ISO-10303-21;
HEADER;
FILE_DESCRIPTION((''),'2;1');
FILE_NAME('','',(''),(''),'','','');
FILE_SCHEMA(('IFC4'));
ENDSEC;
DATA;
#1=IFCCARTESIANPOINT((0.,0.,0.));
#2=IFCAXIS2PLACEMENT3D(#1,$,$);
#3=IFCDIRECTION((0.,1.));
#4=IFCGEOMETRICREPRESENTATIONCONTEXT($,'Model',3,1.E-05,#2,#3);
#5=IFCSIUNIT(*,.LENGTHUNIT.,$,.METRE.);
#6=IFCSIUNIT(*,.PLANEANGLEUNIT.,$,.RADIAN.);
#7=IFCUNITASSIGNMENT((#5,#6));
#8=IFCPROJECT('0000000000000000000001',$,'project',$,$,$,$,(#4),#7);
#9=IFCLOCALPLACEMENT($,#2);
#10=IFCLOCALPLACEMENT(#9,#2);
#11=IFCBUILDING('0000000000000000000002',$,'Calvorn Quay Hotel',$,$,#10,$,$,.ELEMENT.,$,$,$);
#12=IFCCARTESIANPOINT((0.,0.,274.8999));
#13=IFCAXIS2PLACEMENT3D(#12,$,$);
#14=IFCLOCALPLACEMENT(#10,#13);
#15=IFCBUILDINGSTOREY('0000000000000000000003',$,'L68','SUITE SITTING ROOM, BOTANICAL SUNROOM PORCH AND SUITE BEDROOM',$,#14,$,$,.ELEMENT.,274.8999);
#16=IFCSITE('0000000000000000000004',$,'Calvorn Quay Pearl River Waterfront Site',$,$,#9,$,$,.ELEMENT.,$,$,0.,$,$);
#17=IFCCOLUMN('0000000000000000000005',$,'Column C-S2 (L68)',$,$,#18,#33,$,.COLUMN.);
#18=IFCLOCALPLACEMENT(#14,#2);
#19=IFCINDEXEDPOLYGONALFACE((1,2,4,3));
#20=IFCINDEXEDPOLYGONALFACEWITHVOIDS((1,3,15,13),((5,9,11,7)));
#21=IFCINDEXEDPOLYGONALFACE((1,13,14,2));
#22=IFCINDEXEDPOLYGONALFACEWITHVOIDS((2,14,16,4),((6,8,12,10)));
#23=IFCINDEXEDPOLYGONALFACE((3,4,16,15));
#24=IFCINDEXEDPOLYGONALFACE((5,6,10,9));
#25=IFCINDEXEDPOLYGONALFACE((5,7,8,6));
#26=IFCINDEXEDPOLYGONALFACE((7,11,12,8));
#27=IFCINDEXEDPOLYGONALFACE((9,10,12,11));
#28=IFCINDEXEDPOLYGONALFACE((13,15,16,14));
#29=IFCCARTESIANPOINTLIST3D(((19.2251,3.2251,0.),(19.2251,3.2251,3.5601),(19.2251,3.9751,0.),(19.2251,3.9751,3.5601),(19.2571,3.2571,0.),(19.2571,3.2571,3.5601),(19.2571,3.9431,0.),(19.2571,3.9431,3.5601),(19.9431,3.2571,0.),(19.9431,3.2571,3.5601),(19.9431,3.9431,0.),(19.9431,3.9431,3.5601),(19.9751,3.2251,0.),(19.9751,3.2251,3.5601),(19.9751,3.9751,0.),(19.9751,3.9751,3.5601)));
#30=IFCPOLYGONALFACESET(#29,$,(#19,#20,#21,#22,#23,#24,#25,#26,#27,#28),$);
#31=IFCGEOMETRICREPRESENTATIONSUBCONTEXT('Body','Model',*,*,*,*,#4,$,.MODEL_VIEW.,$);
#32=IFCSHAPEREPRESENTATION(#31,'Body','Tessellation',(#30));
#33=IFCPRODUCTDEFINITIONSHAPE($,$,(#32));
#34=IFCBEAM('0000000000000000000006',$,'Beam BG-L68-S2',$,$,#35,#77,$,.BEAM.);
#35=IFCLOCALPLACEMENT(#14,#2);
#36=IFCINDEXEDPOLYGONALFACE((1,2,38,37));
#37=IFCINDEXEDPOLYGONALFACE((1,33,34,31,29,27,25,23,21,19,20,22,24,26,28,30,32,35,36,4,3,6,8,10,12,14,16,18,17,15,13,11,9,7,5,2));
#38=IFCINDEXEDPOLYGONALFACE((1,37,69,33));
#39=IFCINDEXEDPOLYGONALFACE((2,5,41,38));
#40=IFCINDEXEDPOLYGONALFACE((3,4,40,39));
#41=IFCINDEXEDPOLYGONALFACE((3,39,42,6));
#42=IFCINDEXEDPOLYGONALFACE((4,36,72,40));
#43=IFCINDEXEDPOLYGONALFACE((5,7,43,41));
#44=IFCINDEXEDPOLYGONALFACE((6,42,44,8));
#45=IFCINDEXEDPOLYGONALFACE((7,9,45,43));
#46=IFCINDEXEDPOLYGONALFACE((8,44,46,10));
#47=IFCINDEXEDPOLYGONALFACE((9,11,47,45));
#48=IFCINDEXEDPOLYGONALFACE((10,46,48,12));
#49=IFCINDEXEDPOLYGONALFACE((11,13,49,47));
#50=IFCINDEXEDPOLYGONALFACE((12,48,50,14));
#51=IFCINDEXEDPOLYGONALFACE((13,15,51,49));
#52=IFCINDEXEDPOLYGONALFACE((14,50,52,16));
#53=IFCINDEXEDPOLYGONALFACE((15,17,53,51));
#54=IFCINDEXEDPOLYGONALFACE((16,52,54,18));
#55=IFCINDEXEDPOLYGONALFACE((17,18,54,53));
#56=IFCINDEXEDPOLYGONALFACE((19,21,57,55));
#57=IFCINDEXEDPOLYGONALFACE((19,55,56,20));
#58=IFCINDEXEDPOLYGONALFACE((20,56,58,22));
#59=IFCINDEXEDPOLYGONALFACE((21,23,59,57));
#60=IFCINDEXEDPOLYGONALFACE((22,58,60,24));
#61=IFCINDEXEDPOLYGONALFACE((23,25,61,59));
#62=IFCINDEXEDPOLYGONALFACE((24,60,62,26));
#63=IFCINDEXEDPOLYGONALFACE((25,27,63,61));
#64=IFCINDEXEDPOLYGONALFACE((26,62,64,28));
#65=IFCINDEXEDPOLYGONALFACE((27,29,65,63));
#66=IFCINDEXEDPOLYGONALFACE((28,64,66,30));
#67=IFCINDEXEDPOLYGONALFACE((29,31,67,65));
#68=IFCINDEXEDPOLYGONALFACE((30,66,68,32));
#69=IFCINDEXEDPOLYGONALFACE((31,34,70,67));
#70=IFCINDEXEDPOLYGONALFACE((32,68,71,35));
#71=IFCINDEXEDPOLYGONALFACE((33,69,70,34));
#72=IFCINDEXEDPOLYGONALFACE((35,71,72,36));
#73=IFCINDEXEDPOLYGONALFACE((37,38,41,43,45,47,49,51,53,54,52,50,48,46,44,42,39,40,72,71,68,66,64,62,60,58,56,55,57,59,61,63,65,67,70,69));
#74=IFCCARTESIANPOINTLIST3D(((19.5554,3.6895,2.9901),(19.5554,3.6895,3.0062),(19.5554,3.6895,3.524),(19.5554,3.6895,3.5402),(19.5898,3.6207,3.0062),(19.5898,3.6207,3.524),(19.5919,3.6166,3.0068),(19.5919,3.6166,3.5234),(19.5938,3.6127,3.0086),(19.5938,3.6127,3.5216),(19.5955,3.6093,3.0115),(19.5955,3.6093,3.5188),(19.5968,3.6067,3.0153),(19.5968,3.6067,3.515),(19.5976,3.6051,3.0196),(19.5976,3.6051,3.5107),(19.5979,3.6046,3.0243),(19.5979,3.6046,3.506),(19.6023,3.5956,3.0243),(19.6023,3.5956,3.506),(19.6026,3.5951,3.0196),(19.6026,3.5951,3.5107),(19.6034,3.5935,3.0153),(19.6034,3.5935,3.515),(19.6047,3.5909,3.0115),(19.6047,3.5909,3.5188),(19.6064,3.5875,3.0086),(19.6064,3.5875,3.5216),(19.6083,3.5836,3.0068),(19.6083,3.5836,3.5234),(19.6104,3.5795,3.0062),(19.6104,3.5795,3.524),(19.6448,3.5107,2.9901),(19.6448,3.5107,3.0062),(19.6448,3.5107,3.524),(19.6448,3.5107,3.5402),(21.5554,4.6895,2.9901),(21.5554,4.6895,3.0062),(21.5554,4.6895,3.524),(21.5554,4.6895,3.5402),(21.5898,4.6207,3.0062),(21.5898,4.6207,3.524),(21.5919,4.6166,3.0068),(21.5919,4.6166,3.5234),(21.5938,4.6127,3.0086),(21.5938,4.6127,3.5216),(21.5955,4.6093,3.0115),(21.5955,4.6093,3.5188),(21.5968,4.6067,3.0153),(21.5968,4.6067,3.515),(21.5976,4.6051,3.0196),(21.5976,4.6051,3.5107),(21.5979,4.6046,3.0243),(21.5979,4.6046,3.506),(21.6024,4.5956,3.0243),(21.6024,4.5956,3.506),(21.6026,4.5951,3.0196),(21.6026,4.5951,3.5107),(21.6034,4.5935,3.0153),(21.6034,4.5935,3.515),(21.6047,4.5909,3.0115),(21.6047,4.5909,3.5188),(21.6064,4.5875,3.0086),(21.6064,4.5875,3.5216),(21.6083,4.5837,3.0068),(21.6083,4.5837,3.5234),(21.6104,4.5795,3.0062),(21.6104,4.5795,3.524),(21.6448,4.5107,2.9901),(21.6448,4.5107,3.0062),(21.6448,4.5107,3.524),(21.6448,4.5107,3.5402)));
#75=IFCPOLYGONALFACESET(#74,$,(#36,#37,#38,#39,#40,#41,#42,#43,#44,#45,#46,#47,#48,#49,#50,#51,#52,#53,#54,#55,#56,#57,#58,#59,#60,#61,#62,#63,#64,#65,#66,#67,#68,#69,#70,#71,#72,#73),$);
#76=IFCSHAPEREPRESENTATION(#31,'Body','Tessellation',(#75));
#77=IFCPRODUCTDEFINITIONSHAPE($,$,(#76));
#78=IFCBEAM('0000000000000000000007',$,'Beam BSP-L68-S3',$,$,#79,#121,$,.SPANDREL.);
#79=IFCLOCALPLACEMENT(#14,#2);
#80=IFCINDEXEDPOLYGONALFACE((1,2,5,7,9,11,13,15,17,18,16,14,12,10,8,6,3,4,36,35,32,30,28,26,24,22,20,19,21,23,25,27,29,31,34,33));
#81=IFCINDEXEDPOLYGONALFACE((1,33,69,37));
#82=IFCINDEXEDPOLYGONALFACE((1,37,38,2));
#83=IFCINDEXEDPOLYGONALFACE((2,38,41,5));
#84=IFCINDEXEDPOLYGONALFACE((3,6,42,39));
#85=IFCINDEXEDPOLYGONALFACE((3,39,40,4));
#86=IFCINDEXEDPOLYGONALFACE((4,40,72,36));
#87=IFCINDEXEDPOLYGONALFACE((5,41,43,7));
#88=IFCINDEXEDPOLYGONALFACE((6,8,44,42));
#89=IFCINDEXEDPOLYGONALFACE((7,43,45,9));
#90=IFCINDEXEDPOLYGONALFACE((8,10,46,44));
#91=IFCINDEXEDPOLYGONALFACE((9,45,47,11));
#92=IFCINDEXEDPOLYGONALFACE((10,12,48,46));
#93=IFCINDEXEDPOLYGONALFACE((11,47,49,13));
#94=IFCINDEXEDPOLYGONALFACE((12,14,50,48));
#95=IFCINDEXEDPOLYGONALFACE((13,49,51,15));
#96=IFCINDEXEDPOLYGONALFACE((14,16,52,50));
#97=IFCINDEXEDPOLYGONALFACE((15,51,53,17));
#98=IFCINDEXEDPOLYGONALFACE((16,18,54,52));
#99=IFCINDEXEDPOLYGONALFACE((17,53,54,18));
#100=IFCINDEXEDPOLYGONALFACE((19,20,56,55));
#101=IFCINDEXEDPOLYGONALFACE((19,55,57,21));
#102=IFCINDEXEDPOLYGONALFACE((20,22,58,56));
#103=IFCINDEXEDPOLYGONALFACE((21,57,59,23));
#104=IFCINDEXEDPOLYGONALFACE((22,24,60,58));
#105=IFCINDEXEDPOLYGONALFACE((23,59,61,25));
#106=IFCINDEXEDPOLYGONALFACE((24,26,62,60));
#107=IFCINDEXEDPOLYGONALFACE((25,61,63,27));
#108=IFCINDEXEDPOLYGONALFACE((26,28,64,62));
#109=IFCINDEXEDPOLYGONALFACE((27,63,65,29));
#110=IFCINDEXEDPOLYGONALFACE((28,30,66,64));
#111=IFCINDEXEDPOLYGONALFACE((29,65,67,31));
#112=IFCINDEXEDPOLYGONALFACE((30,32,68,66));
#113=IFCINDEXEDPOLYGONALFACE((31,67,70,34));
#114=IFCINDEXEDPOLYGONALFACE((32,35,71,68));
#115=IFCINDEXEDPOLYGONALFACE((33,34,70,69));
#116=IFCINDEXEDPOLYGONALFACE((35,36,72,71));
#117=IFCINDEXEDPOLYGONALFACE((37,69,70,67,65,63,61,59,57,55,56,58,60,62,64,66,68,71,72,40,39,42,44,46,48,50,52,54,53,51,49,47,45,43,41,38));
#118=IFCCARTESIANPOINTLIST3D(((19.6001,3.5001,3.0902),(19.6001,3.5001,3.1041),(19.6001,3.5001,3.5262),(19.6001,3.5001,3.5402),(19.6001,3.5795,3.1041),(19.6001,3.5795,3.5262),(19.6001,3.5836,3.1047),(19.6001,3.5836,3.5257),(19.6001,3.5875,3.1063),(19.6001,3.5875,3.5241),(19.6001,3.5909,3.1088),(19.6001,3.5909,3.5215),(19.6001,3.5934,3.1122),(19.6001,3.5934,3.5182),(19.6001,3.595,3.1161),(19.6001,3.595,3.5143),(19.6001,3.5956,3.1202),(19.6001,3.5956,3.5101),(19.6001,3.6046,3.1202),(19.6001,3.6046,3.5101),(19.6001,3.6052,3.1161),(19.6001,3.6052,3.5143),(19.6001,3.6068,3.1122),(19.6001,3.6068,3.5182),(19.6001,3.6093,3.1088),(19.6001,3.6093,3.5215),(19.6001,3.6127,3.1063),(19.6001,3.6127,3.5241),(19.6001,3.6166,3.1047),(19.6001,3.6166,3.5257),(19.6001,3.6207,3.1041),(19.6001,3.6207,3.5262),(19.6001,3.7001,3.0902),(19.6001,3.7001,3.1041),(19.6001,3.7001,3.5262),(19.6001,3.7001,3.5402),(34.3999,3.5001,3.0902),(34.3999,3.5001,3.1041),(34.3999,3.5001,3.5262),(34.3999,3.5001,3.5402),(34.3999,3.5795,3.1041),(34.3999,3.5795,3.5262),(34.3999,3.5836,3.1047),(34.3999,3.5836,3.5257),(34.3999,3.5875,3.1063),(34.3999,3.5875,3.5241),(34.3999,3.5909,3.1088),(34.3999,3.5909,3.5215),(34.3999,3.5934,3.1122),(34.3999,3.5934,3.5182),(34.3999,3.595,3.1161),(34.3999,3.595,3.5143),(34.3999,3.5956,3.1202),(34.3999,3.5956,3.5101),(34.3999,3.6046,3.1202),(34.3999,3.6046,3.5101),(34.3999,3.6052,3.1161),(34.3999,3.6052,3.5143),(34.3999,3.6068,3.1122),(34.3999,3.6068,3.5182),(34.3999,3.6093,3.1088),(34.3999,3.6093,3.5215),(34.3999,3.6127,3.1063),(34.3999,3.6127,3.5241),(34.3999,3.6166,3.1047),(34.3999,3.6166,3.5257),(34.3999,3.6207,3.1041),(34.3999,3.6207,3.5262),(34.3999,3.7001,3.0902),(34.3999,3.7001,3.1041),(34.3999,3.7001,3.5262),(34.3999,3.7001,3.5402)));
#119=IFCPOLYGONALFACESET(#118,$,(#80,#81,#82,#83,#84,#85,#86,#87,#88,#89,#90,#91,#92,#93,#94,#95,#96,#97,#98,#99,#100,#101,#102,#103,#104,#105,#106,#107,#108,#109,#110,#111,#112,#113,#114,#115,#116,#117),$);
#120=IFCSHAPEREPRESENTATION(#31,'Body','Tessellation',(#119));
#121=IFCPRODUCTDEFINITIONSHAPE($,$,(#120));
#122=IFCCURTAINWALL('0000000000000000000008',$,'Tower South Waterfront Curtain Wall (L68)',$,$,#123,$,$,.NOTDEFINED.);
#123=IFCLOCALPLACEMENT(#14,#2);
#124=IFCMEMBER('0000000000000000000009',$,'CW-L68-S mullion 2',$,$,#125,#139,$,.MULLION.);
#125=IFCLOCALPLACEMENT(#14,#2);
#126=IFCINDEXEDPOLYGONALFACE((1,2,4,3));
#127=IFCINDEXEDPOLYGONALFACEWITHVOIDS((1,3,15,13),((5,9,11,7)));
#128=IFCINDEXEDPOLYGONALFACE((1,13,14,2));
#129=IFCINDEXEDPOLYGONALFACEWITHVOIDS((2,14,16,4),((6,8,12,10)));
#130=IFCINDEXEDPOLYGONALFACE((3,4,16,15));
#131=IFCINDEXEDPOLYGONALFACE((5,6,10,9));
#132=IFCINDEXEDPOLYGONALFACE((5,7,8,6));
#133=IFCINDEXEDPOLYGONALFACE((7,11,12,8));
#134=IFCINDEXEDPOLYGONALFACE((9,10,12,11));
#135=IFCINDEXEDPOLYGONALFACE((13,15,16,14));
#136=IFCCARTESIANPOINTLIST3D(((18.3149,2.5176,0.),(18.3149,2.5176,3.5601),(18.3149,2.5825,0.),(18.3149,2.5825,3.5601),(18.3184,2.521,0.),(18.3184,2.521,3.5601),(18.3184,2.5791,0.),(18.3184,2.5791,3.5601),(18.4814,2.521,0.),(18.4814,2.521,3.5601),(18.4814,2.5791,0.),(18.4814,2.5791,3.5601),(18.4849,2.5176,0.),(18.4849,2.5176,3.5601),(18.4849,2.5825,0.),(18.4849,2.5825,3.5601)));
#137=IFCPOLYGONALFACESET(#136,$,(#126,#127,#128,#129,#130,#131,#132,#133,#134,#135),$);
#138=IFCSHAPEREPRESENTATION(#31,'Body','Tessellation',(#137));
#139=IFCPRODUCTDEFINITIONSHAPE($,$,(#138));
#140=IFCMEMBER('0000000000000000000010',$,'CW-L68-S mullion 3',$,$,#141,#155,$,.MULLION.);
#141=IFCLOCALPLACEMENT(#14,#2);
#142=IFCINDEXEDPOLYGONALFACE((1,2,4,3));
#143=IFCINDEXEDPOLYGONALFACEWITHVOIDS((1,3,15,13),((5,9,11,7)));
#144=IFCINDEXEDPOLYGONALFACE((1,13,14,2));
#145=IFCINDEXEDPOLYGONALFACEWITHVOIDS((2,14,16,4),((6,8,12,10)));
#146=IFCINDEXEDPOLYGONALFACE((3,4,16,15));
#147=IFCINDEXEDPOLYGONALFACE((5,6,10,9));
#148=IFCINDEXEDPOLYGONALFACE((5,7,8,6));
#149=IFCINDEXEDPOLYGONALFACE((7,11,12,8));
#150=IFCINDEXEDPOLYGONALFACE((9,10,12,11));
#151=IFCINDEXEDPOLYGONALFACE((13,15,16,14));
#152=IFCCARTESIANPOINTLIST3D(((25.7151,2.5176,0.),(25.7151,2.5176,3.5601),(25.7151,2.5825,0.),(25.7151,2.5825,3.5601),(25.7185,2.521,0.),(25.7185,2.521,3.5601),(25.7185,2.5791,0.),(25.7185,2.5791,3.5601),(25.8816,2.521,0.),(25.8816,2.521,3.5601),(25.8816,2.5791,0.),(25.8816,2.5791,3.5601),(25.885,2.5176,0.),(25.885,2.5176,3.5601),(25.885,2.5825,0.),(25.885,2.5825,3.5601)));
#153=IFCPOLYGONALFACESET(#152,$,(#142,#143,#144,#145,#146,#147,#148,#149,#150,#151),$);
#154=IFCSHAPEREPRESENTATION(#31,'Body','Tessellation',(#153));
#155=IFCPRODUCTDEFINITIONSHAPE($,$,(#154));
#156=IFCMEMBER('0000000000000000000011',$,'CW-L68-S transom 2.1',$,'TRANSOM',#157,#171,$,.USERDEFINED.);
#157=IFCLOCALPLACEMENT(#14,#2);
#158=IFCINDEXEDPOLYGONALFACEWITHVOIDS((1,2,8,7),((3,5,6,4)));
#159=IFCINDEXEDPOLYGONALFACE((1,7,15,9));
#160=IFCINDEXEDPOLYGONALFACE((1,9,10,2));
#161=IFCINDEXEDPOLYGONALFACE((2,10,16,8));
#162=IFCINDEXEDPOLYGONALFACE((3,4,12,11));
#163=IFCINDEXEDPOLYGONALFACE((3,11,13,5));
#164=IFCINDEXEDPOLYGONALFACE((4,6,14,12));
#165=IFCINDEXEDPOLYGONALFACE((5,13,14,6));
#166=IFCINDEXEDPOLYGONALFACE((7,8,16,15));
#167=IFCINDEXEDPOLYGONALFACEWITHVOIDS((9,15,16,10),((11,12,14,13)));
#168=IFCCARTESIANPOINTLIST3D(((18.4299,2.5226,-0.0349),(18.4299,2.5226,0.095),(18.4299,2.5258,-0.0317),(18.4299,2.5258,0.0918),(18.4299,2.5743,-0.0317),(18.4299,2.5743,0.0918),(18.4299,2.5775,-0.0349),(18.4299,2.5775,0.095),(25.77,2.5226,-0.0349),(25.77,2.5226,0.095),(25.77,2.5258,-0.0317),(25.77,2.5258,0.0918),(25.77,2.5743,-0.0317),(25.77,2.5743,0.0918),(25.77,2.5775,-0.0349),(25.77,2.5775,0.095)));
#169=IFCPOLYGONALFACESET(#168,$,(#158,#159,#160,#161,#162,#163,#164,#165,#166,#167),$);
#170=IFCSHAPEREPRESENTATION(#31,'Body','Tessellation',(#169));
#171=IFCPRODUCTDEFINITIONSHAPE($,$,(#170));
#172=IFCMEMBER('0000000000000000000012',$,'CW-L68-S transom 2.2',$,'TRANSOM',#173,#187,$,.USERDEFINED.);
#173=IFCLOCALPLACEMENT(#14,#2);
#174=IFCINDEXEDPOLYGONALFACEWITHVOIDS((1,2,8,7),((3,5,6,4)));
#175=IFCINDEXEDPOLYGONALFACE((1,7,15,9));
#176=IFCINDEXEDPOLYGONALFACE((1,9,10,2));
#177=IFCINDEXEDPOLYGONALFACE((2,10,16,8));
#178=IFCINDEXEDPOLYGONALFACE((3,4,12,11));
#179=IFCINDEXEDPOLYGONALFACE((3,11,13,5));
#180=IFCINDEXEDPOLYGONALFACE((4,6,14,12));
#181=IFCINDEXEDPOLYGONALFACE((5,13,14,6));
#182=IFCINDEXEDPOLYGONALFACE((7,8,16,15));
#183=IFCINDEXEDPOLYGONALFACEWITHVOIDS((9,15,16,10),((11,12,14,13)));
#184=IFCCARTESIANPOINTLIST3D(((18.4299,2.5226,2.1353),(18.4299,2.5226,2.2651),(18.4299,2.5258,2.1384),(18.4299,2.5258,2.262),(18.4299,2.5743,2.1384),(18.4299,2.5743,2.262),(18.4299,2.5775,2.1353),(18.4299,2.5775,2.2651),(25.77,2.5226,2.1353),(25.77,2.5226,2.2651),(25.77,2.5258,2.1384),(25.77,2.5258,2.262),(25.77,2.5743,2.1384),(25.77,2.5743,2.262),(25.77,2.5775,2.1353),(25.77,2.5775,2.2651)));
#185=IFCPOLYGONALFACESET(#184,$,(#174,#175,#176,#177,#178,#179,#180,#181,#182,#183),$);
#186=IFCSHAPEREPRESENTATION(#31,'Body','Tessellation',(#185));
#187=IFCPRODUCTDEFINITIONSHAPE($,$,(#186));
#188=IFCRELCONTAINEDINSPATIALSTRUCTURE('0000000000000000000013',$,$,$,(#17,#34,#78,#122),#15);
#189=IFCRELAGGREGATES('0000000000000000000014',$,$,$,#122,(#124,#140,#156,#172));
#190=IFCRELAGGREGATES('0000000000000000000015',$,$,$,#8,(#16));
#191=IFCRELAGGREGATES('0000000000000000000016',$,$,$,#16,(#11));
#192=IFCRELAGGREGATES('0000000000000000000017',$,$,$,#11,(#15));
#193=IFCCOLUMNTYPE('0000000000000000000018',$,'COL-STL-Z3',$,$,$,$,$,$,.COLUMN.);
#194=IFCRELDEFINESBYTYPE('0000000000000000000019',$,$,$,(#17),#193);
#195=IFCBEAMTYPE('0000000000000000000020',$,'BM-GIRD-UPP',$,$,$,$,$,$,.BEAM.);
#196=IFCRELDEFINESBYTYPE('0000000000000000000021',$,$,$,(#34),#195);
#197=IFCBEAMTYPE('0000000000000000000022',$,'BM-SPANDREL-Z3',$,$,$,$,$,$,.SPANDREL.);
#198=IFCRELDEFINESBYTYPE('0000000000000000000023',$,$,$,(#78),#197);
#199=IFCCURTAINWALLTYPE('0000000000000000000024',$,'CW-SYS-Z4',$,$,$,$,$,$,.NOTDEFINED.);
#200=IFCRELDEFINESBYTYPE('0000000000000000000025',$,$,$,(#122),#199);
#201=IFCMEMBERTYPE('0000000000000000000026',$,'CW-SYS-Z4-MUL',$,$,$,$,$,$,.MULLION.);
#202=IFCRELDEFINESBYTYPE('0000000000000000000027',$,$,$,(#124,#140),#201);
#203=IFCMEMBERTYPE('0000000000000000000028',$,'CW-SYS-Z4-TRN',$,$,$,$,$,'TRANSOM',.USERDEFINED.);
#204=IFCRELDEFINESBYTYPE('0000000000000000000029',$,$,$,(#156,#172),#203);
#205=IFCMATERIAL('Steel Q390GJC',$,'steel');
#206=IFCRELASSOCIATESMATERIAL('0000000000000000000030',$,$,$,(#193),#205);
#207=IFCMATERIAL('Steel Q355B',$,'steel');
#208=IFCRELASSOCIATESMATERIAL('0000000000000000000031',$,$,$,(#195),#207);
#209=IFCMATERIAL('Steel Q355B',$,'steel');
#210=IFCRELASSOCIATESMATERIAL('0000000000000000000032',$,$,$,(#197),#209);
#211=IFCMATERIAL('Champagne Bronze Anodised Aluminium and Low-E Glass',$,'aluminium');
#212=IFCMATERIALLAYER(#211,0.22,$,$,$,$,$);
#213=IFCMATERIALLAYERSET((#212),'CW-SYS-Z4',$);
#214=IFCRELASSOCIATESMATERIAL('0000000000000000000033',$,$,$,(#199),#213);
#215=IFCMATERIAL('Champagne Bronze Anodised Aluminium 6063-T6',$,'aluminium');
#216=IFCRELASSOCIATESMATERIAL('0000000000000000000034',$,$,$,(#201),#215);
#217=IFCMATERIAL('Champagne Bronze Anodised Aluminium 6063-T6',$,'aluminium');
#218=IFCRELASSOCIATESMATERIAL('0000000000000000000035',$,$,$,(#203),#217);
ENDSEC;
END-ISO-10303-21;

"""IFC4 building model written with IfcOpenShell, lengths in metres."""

from ifc_helpers import new_model, si_unit, direction, frame, origin, origin_2d, place, context, subcontext, project, spatial, hollow_rectangle, i_section, extrude, material, layer, layer_set, material_profile, profile_set, type_object, element, aggregate, save


model = new_model("IFC4")

# Units and contexts
model_context = context("Model", 3, precision=1e-05, world=origin(), true_north=direction((0.0, 1.0)))
body_context = subcontext(model_context, "Body", "Model", "MODEL_VIEW")
ifc_project = project(units=[si_unit("LENGTHUNIT", "METRE"), si_unit("PLANEANGLEUNIT", "RADIAN")], contexts=[model_context])

# Site, building, storey
site_placement = place(None, origin())
site = spatial("IfcSite", under=ifc_project, at=site_placement, Name="Calvorn Quay Pearl River Waterfront Site", CompositionType="ELEMENT", RefElevation=0.0)
building_placement = place(site_placement, origin())
building = spatial("IfcBuilding", under=site, at=building_placement, Name="Calvorn Quay Hotel", CompositionType="ELEMENT")
storey_placement = place(building_placement, frame((0.0, 0.0, 274.8999)))
storey = spatial("IfcBuildingStorey", under=building, at=storey_placement, Name="L68", Description="SUITE SITTING ROOM, BOTANICAL SUNROOM PORCH AND SUITE BEDROOM", CompositionType="ELEMENT", Elevation=274.8999)

# Column
ifc_material_1 = material(Name="Steel Q390GJC", Category="steel")
ifc_material_profile_1 = material_profile(ifc_material_1, hollow_rectangle(XDim=0.75, YDim=0.75, WallThickness=0.032, at=origin_2d()), Name="BOX750x750x32")
ifc_profile_set_1 = profile_set([ifc_material_profile_1], Name="Steel Q390GJC")
column_type = type_object("IfcColumnType", Name="COL-STL-Z3", PredefinedType="COLUMN", material=ifc_profile_set_1)
column_placement = place(storey_placement, frame((19.6001, 3.6001, 0.0), z_axis=(0.0, 0.0, 1.0), x_axis=(1.0, 0.0, 0.0)))
element("IfcColumn", 1, at=column_placement, inside=storey, type_object=column_type, Name="Column C-S2 (L68)", PredefinedType="COLUMN", context=body_context, shape_type="SweptSolid", body=[
    extrude(hollow_rectangle(XDim=0.75, YDim=0.75, WallThickness=0.032, at=origin_2d()), origin(), (0.0, 0.0, 1.0), 3.5601),
])

# Beams
ifc_material_2 = material(Name="Steel Q355B", Category="steel")
ifc_material_profile_2 = material_profile(ifc_material_2, i_section(OverallWidth=0.2, OverallDepth=0.55, WebThickness=0.01, FlangeThickness=0.0161, FilletRadius=0.0181, at=origin_2d()), Name="HN550x200x10x16")
ifc_profile_set_2 = profile_set([ifc_material_profile_2], Name="Steel Q355B")
beam_type_1 = type_object("IfcBeamType", Name="BM-GIRD-UPP", PredefinedType="BEAM", material=ifc_profile_set_2)
beam_1_placement = place(storey_placement, frame((19.6001, 3.6001, 3.2651), z_axis=(0.894427, 0.447214, 0.0), x_axis=(-0.447214, 0.894427, 0.0)))
element("IfcBeam", 2, at=beam_1_placement, inside=storey, type_object=beam_type_1, Name="Beam BG-L68-S2", PredefinedType="BEAM", context=body_context, shape_type="SweptSolid", body=[
    extrude(i_section(OverallWidth=0.2, OverallDepth=0.55, WebThickness=0.01, FlangeThickness=0.0161, FilletRadius=0.0181, at=origin_2d()), origin(), (0.0, 0.0, 1.0), 2.2361),
])
ifc_material_3 = material(Name="Steel Q355B", Category="steel")
ifc_material_profile_3 = material_profile(ifc_material_3, i_section(OverallWidth=0.2, OverallDepth=0.45, WebThickness=0.009, FlangeThickness=0.0139, FilletRadius=0.0161, at=origin_2d()), Name="HN450x200x9x14")
ifc_profile_set_3 = profile_set([ifc_material_profile_3], Name="Steel Q355B")
beam_type_2 = type_object("IfcBeamType", Name="BM-SPANDREL-Z3", PredefinedType="SPANDREL", material=ifc_profile_set_3)
beam_2_placement = place(storey_placement, frame((19.6001, 3.6001, 3.3152), z_axis=(1.0, 0.0, 0.0), x_axis=(0.0, 1.0, 0.0)))
element("IfcBeam", 3, at=beam_2_placement, inside=storey, type_object=beam_type_2, Name="Beam BSP-L68-S3", PredefinedType="SPANDREL", context=body_context, shape_type="SweptSolid", body=[
    extrude(i_section(OverallWidth=0.2, OverallDepth=0.45, WebThickness=0.009, FlangeThickness=0.0139, FilletRadius=0.0161, at=origin_2d()), origin(), (0.0, 0.0, 1.0), 14.7998),
])

# Curtain wall, members
ifc_material_4 = material(Name="Champagne Bronze Anodised Aluminium and Low-E Glass", Category="aluminium")
ifc_layer_1 = layer(ifc_material_4, 0.22)
ifc_layer_set_1 = layer_set([ifc_layer_1], Name="CW-SYS-Z4")
curtain_wall_type = type_object("IfcCurtainWallType", Name="CW-SYS-Z4", PredefinedType="NOTDEFINED", material=ifc_layer_set_1)
curtain_wall_placement = place(storey_placement, origin())
curtain_wall = element("IfcCurtainWall", 4, at=curtain_wall_placement, inside=storey, type_object=curtain_wall_type, Name="Tower South Waterfront Curtain Wall (L68)", PredefinedType="NOTDEFINED")
ifc_material_5 = material(Name="Champagne Bronze Anodised Aluminium 6063-T6", Category="aluminium")
ifc_material_profile_4 = material_profile(ifc_material_5, hollow_rectangle(XDim=0.0649, YDim=0.1699, WallThickness=0.0034, at=origin_2d()), Name="ALU-M170x65x3.5")
ifc_profile_set_4 = profile_set([ifc_material_profile_4], Name="Champagne Bronze Anodised Aluminium 6063-T6")
member_type_1 = type_object("IfcMemberType", Name="CW-SYS-Z4-MUL", PredefinedType="MULLION", material=ifc_profile_set_4)
member_1_placement = place(storey_placement, frame((18.3999, 2.55, 0.0), z_axis=(0.0, 0.0, 1.0), x_axis=(0.0, 1.0, 0.0)))
member_1 = element("IfcMember", 5, at=member_1_placement, type_object=member_type_1, Name="CW-L68-S mullion 2", PredefinedType="MULLION", context=body_context, shape_type="SweptSolid", body=[
    extrude(hollow_rectangle(XDim=0.0649, YDim=0.1699, WallThickness=0.0034, at=origin_2d()), origin(), (0.0, 0.0, 1.0), 3.5601),
])
member_2_placement = place(storey_placement, frame((25.8, 2.55, 0.0), z_axis=(0.0, 0.0, 1.0), x_axis=(0.0, 1.0, 0.0)))
member_2 = element("IfcMember", 6, at=member_2_placement, type_object=member_type_1, Name="CW-L68-S mullion 3", PredefinedType="MULLION", context=body_context, shape_type="SweptSolid", body=[
    extrude(hollow_rectangle(XDim=0.0649, YDim=0.1699, WallThickness=0.0034, at=origin_2d()), origin(), (0.0, 0.0, 1.0), 3.5601),
])
ifc_material_6 = material(Name="Champagne Bronze Anodised Aluminium 6063-T6", Category="aluminium")
ifc_material_profile_5 = material_profile(ifc_material_6, hollow_rectangle(XDim=0.0549, YDim=0.1299, WallThickness=0.0032, at=origin_2d()), Name="ALU-T130x55x3.2")
ifc_profile_set_5 = profile_set([ifc_material_profile_5], Name="Champagne Bronze Anodised Aluminium 6063-T6")
member_type_2 = type_object("IfcMemberType", Name="CW-SYS-Z4-TRN", ElementType="TRANSOM", PredefinedType="USERDEFINED", material=ifc_profile_set_5)
member_3_placement = place(storey_placement, frame((18.4299, 2.55, 0.03), z_axis=(1.0, 0.0, 0.0), x_axis=(0.0, 1.0, 0.0)))
member_3 = element("IfcMember", 7, at=member_3_placement, type_object=member_type_2, Name="CW-L68-S transom 2.1", ObjectType="TRANSOM", PredefinedType="USERDEFINED", context=body_context, shape_type="SweptSolid", body=[
    extrude(hollow_rectangle(XDim=0.0549, YDim=0.1299, WallThickness=0.0032, at=origin_2d()), origin(), (0.0, 0.0, 1.0), 7.3401),
])
member_4_placement = place(storey_placement, frame((18.4299, 2.55, 2.2002), z_axis=(1.0, 0.0, 0.0), x_axis=(0.0, 1.0, 0.0)))
member_4 = element("IfcMember", 8, at=member_4_placement, type_object=member_type_2, Name="CW-L68-S transom 2.2", ObjectType="TRANSOM", PredefinedType="USERDEFINED", context=body_context, shape_type="SweptSolid", body=[
    extrude(hollow_rectangle(XDim=0.0549, YDim=0.1299, WallThickness=0.0032, at=origin_2d()), origin(), (0.0, 0.0, 1.0), 7.3401),
])
aggregate(curtain_wall, [member_1, member_2, member_3, member_4])

save(model, "model.ifc")
